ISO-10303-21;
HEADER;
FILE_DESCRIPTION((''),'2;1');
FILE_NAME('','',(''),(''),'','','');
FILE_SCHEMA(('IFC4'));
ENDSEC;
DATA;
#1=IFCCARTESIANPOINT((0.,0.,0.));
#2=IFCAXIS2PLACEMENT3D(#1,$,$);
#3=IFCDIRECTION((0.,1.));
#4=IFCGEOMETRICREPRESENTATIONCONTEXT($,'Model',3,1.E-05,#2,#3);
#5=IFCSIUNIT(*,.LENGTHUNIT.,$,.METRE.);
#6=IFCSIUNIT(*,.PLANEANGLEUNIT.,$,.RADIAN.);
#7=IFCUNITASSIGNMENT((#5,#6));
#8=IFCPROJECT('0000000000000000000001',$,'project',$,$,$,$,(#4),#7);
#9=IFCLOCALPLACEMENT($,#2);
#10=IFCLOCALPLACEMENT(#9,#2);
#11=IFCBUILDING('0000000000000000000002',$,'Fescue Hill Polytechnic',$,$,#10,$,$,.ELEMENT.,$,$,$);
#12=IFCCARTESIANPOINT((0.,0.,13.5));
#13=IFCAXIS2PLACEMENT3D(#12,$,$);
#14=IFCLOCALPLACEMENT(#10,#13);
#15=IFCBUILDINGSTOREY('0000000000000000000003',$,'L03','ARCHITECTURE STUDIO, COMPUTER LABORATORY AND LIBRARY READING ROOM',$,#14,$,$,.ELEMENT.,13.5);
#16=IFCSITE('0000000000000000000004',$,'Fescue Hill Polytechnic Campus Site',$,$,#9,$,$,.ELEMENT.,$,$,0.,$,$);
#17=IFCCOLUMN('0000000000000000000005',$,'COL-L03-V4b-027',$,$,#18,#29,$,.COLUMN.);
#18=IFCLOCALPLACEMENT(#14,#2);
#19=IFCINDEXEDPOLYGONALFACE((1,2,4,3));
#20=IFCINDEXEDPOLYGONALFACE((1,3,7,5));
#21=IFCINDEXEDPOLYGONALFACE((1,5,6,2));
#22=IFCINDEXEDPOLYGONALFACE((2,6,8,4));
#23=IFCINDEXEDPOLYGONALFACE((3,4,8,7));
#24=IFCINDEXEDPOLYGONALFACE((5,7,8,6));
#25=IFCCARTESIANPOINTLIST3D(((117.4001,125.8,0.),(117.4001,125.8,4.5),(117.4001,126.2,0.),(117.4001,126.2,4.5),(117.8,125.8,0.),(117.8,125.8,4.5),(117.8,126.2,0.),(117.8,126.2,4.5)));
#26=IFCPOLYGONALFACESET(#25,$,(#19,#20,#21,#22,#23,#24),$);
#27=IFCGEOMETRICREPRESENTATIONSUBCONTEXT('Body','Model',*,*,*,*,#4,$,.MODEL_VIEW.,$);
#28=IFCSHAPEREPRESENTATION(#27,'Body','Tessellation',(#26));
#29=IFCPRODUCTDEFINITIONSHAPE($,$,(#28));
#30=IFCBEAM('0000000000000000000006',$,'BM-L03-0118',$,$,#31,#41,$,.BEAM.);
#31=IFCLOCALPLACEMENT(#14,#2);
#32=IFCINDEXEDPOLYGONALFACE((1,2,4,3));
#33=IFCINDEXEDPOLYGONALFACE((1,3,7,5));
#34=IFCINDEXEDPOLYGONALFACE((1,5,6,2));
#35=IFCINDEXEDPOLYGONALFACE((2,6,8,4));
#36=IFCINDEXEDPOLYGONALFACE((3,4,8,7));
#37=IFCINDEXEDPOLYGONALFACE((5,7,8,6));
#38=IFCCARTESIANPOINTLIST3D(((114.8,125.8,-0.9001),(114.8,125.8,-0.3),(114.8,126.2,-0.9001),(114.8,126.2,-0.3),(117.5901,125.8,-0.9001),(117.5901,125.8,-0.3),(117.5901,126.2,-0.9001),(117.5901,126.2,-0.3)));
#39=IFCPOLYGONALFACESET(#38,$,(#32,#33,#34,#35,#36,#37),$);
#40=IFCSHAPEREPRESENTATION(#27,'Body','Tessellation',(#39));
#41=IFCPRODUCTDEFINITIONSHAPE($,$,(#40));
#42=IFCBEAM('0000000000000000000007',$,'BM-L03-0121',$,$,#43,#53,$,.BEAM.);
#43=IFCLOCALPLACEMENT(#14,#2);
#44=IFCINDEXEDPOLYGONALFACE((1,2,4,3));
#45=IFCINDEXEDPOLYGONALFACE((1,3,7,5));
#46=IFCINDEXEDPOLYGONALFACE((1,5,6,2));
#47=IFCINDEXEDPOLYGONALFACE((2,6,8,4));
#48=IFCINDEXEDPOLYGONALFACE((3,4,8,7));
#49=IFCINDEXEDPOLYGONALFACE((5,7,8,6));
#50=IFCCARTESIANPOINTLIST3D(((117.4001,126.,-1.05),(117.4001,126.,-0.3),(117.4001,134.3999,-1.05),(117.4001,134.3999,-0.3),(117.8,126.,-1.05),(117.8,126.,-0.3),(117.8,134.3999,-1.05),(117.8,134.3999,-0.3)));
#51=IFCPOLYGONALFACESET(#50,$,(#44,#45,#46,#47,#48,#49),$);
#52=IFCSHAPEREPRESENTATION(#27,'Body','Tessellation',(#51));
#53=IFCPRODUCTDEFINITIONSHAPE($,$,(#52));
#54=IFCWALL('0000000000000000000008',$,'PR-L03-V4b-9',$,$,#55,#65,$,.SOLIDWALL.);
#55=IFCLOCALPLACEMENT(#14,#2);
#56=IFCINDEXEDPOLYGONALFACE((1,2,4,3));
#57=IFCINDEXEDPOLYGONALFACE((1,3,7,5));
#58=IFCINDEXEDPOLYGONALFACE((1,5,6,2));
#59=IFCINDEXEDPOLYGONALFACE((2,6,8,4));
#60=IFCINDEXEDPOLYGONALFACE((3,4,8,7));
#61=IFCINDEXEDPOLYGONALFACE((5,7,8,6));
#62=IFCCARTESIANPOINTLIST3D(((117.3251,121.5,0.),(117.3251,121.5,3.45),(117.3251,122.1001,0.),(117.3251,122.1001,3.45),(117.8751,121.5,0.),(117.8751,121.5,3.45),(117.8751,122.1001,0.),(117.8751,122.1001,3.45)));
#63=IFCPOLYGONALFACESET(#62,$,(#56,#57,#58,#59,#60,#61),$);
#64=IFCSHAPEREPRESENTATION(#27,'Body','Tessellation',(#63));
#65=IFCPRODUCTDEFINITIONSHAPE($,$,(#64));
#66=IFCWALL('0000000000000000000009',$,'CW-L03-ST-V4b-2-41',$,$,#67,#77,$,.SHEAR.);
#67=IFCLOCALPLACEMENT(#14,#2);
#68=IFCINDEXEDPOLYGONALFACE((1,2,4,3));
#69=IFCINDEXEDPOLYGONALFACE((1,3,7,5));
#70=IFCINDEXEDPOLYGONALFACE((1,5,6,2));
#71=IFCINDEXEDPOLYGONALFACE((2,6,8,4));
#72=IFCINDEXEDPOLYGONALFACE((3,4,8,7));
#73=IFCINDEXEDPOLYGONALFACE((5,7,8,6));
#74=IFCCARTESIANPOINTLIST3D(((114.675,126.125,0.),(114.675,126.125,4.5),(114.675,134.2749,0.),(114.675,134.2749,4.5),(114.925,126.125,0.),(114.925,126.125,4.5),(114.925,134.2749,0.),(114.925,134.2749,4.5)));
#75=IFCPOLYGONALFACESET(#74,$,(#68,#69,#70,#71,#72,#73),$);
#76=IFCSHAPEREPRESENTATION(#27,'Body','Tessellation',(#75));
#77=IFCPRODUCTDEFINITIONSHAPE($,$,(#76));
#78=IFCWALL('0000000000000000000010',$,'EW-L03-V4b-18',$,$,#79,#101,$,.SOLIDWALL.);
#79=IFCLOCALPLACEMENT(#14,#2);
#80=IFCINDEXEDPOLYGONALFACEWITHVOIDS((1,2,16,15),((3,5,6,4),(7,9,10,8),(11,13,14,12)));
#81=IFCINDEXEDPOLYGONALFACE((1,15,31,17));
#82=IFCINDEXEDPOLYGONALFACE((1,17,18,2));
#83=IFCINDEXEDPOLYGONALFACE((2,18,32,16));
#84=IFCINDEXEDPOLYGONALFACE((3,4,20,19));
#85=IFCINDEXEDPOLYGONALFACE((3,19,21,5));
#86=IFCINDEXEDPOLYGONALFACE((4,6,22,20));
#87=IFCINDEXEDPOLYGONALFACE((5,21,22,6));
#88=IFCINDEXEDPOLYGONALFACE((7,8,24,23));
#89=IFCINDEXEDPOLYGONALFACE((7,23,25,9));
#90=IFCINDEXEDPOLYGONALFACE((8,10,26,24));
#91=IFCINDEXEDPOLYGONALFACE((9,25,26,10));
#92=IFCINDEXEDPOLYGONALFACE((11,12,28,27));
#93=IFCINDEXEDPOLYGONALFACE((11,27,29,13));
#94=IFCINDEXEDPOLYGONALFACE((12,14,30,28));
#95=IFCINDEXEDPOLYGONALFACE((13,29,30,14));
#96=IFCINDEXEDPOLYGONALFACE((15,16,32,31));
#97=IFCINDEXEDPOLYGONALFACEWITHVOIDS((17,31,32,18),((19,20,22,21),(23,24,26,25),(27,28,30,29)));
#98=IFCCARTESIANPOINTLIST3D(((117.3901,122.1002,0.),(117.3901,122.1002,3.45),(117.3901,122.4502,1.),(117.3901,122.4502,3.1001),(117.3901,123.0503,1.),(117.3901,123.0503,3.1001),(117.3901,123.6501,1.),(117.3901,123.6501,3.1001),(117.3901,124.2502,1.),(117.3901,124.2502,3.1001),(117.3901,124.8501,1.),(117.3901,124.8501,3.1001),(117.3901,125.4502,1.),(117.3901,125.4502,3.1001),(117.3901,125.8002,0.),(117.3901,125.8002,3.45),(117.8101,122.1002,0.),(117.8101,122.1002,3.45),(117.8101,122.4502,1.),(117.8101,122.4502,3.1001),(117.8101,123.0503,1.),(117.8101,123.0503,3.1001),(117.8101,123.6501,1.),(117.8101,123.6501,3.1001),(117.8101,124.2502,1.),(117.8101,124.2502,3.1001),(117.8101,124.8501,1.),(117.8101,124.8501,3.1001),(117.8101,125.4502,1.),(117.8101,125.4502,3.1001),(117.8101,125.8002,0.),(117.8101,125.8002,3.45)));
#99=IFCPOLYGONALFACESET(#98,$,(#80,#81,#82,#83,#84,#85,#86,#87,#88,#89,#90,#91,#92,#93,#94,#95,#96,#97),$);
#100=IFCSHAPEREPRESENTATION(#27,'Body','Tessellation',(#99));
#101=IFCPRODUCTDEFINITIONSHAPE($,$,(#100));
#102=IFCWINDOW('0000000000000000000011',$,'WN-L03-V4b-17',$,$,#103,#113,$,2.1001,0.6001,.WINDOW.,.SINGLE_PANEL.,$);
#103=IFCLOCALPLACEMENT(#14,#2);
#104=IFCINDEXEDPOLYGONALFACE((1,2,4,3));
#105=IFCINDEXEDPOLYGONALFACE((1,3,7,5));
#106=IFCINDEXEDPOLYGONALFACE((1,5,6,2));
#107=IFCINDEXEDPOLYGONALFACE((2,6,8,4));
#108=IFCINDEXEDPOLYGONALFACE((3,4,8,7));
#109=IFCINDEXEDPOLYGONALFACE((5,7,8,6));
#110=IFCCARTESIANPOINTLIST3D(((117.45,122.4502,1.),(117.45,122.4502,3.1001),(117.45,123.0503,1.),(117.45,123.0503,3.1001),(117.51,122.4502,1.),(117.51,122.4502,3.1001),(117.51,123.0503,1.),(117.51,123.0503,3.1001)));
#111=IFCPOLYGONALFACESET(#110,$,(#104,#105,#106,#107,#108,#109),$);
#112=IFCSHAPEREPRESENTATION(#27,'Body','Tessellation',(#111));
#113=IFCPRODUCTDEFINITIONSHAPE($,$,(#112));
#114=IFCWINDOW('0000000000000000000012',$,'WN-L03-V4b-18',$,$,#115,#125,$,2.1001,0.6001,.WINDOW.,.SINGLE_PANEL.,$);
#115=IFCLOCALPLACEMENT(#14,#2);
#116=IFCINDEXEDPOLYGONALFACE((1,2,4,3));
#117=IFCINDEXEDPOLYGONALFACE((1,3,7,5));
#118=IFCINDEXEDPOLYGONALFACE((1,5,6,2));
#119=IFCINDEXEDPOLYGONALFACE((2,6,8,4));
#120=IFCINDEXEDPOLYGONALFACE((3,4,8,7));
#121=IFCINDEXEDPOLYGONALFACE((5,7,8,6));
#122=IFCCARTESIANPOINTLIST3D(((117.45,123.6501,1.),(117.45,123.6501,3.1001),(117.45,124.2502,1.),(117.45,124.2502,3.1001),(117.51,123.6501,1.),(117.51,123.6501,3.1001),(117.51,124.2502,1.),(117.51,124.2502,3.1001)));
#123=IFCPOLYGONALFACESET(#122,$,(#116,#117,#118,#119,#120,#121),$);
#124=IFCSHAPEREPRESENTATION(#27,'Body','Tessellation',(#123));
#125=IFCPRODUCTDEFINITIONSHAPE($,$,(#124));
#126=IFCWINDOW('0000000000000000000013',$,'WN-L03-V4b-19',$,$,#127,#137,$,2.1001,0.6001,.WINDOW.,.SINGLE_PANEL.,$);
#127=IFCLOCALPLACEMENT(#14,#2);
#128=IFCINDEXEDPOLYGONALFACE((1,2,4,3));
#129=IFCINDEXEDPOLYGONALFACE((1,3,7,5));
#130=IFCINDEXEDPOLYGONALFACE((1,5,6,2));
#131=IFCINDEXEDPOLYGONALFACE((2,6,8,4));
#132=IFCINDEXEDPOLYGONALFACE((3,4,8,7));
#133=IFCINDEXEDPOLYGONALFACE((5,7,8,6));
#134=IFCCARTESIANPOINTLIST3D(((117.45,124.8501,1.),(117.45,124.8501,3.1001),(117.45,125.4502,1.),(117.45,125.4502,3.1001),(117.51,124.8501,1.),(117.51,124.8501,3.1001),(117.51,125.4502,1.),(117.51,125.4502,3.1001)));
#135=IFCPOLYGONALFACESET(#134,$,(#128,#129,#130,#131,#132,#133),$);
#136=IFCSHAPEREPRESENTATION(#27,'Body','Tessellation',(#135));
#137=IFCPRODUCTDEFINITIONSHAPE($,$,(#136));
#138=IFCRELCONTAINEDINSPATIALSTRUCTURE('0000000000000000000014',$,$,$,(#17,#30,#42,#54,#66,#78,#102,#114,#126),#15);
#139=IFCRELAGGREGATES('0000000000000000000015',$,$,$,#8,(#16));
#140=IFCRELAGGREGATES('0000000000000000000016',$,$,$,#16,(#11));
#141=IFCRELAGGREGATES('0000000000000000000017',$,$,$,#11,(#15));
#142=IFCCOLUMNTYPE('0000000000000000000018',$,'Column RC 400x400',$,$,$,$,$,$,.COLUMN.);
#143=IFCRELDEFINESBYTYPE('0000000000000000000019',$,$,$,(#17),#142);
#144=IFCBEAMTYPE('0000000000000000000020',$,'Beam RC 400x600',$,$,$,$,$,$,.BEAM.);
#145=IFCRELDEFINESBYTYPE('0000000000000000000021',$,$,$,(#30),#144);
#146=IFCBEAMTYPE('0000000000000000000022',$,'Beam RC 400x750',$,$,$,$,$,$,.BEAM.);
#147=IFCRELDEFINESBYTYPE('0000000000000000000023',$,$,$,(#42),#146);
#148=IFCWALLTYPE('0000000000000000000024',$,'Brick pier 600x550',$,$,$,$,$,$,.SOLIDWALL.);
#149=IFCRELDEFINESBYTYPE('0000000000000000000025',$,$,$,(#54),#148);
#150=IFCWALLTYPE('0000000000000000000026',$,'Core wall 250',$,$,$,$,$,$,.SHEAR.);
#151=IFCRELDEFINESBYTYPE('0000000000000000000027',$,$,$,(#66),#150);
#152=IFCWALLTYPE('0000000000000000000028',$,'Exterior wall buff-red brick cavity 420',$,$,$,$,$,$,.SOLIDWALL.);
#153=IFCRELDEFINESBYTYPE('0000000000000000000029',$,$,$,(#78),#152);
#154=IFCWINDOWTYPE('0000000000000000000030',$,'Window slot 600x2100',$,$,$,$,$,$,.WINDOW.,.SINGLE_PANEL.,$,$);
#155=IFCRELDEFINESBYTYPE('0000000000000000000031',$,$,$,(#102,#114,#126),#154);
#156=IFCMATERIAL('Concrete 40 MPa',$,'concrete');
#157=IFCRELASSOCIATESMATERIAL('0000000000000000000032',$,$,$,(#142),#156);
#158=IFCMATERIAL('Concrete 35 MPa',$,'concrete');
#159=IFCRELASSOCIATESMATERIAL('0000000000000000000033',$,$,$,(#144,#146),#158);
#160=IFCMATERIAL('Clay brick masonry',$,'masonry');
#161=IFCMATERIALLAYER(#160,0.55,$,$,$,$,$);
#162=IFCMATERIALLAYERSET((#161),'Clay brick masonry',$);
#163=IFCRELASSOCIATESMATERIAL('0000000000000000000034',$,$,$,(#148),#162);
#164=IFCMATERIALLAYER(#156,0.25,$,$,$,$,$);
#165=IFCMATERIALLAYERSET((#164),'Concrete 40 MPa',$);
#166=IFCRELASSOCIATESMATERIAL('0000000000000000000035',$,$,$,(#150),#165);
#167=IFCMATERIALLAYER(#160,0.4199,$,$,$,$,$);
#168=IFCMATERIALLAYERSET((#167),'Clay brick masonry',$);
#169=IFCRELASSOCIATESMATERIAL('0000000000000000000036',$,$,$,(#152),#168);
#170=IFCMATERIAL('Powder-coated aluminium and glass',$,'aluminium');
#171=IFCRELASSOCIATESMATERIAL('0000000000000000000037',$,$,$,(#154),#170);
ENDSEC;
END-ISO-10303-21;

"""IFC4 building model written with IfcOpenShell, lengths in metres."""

from ifc_helpers import new_model, si_unit, direction, frame, frame_2d, origin, origin_2d, place, context, subcontext, project, spatial, rectangle, extrude, material, layer, layer_set, material_profile, profile_set, type_object, element, fill, save


model = new_model("IFC4")

# Units and contexts
model_context = context("Model", 3, precision=1e-05, world=origin(), true_north=direction((0.0, 1.0)))
body_context = subcontext(model_context, "Body", "Model", "MODEL_VIEW")
ifc_project = project(units=[si_unit("LENGTHUNIT", "METRE"), si_unit("PLANEANGLEUNIT", "RADIAN")], contexts=[model_context])

# Site, building, storey
site_placement = place(None, origin())
site = spatial("IfcSite", under=ifc_project, at=site_placement, Name="Fescue Hill Polytechnic Campus Site", CompositionType="ELEMENT", RefElevation=0.0)
building_placement = place(site_placement, origin())
building = spatial("IfcBuilding", under=site, at=building_placement, Name="Fescue Hill Polytechnic", CompositionType="ELEMENT")
storey_placement = place(building_placement, frame((0.0, 0.0, 13.5)))
storey = spatial("IfcBuildingStorey", under=building, at=storey_placement, Name="L03", Description="ARCHITECTURE STUDIO, COMPUTER LABORATORY AND LIBRARY READING ROOM", CompositionType="ELEMENT", Elevation=13.5)

# Column
ifc_material_1 = material(Name="Concrete 40 MPa", Category="concrete")
ifc_material_profile_1 = material_profile(ifc_material_1, rectangle(XDim=0.3999, YDim=0.3999, at=origin_2d()), Name="RC 400x400")
ifc_profile_set_1 = profile_set([ifc_material_profile_1], Name="Concrete 40 MPa")
column_type = type_object("IfcColumnType", Name="Column RC 400x400", PredefinedType="COLUMN", material=ifc_profile_set_1)
column_placement = place(storey_placement, frame((117.6001, 126.0, 0.0), z_axis=(0.0, 0.0, 1.0), x_axis=(1.0, 0.0, 0.0)))
element("IfcColumn", 1, at=column_placement, inside=storey, type_object=column_type, Name="COL-L03-V4b-027", PredefinedType="COLUMN", context=body_context, shape_type="SweptSolid", body=[
    extrude(rectangle(XDim=0.3999, YDim=0.3999, at=origin_2d()), origin(), (0.0, 0.0, 1.0), 4.5),
])

# Beams
ifc_material_2 = material(Name="Concrete 35 MPa", Category="concrete")
ifc_material_profile_2 = material_profile(ifc_material_2, rectangle(XDim=0.3999, YDim=0.6001, at=origin_2d()), Name="RC 400x600")
ifc_profile_set_2 = profile_set([ifc_material_profile_2], Name="Concrete 35 MPa")
beam_type_1 = type_object("IfcBeamType", Name="Beam RC 400x600", PredefinedType="BEAM", material=ifc_profile_set_2)
beam_1_placement = place(storey_placement, frame((114.8, 126.0, -0.6001), z_axis=(1.0, 0.0, 0.0), x_axis=(0.0, 1.0, 0.0)))
element("IfcBeam", 2, at=beam_1_placement, inside=storey, type_object=beam_type_1, Name="BM-L03-0118", PredefinedType="BEAM", context=body_context, shape_type="SweptSolid", body=[
    extrude(rectangle(XDim=0.3999, YDim=0.6001, at=origin_2d()), origin(), (0.0, 0.0, 1.0), 2.79),
])
ifc_material_profile_3 = material_profile(ifc_material_2, rectangle(XDim=0.3999, YDim=0.75, at=origin_2d()), Name="RC 400x750")
ifc_profile_set_3 = profile_set([ifc_material_profile_3], Name="Concrete 35 MPa")
beam_type_2 = type_object("IfcBeamType", Name="Beam RC 400x750", PredefinedType="BEAM", material=ifc_profile_set_3)
beam_2_placement = place(storey_placement, frame((117.6001, 126.0, -0.675), z_axis=(0.0, 1.0, 0.0), x_axis=(-1.0, 0.0, 0.0)))
element("IfcBeam", 3, at=beam_2_placement, inside=storey, type_object=beam_type_2, Name="BM-L03-0121", PredefinedType="BEAM", context=body_context, shape_type="SweptSolid", body=[
    extrude(rectangle(XDim=0.3999, YDim=0.75, at=origin_2d()), origin(), (0.0, 0.0, 1.0), 8.3999),
])

# Walls
ifc_material_3 = material(Name="Clay brick masonry", Category="masonry")
ifc_layer_1 = layer(ifc_material_3, 0.55)
ifc_layer_set_1 = layer_set([ifc_layer_1], Name="Clay brick masonry")
wall_type_1 = type_object("IfcWallType", Name="Brick pier 600x550", PredefinedType="SOLIDWALL", material=ifc_layer_set_1)
wall_1_placement = place(storey_placement, frame((117.6001, 121.5, 0.0), z_axis=(0.0, 0.0, 1.0), x_axis=(0.0, 1.0, 0.0)))
element("IfcWall", 4, at=wall_1_placement, inside=storey, type_object=wall_type_1, Name="PR-L03-V4b-9", PredefinedType="SOLIDWALL", context=body_context, shape_type="SweptSolid", body=[
    extrude(rectangle(XDim=0.6001, YDim=0.55, at=frame_2d((0.3, 0.0))), origin(), (0.0, 0.0, 1.0), 3.45),
])
ifc_layer_2 = layer(ifc_material_1, 0.25)
ifc_layer_set_2 = layer_set([ifc_layer_2], Name="Concrete 40 MPa")
wall_type_2 = type_object("IfcWallType", Name="Core wall 250", PredefinedType="SHEAR", material=ifc_layer_set_2)
wall_2_placement = place(storey_placement, frame((114.8, 126.125, 0.0), z_axis=(0.0, 0.0, 1.0), x_axis=(0.0, 1.0, 0.0)))
element("IfcWall", 5, at=wall_2_placement, inside=storey, type_object=wall_type_2, Name="CW-L03-ST-V4b-2-41", PredefinedType="SHEAR", context=body_context, shape_type="SweptSolid", body=[
    extrude(rectangle(XDim=8.1499, YDim=0.25, at=frame_2d((4.075, 0.0))), origin(), (0.0, 0.0, 1.0), 4.5),
])

# Wall, openings, windows
ifc_layer_3 = layer(ifc_material_3, 0.4199)
ifc_layer_set_3 = layer_set([ifc_layer_3], Name="Clay brick masonry")
wall_type_3 = type_object("IfcWallType", Name="Exterior wall buff-red brick cavity 420", PredefinedType="SOLIDWALL", material=ifc_layer_set_3)
wall_3_placement = place(storey_placement, frame((117.6001, 122.1001, 0.0), z_axis=(0.0, 0.0, 1.0), x_axis=(0.0, 1.0, 0.0)))
wall_3 = element("IfcWall", 6, at=wall_3_placement, inside=storey, type_object=wall_type_3, Name="EW-L03-V4b-18", PredefinedType="SOLIDWALL", context=body_context, shape_type="SweptSolid", body=[
    extrude(rectangle(XDim=3.7, YDim=0.4199, at=frame_2d((1.8501, 0.0))), origin(), (0.0, 0.0, 1.0), 3.45),
])
opening_1_placement = place(wall_3_placement, frame((0.3501, 0.0, 1.0)))
opening_1 = element("IfcOpeningElement", 7, at=opening_1_placement, cuts=wall_3, PredefinedType="OPENING", context=body_context, shape_type="SweptSolid", body=[
    extrude(rectangle(XDim=0.6001, YDim=2.1001, at=frame_2d((0.3, 1.05))), frame((0.0, 0.22, 0.0), z_axis=(0.0, -1.0, 0.0), x_axis=(1.0, 0.0, 0.0)), (0.0, 0.0, 1.0), 0.4399),
])
opening_2_placement = place(wall_3_placement, frame((1.55, 0.0, 1.0)))
opening_2 = element("IfcOpeningElement", 8, at=opening_2_placement, cuts=wall_3, PredefinedType="OPENING", context=body_context, shape_type="SweptSolid", body=[
    extrude(rectangle(XDim=0.6001, YDim=2.1001, at=frame_2d((0.3, 1.05))), frame((0.0, 0.22, 0.0), z_axis=(0.0, -1.0, 0.0), x_axis=(1.0, 0.0, 0.0)), (0.0, 0.0, 1.0), 0.4399),
])
opening_3_placement = place(wall_3_placement, frame((2.75, 0.0, 1.0)))
opening_3 = element("IfcOpeningElement", 9, at=opening_3_placement, cuts=wall_3, PredefinedType="OPENING", context=body_context, shape_type="SweptSolid", body=[
    extrude(rectangle(XDim=0.6001, YDim=2.1001, at=frame_2d((0.3, 1.05))), frame((0.0, 0.22, 0.0), z_axis=(0.0, -1.0, 0.0), x_axis=(1.0, 0.0, 0.0)), (0.0, 0.0, 1.0), 0.4399),
])
ifc_material_4 = material(Name="Powder-coated aluminium and glass", Category="aluminium")
window_type = type_object("IfcWindowType", Name="Window slot 600x2100", PartitioningType="SINGLE_PANEL", PredefinedType="WINDOW", material=ifc_material_4)
window_1_placement = place(opening_1_placement, origin())
window_1 = element("IfcWindow", 10, at=window_1_placement, inside=storey, type_object=window_type, Name="WN-L03-V4b-17", OverallHeight=2.1001, OverallWidth=0.6001, PartitioningType="SINGLE_PANEL", PredefinedType="WINDOW", context=body_context, shape_type="SweptSolid", body=[
    extrude(rectangle(XDim=0.6001, YDim=2.1001, at=frame_2d((0.3, 1.05))), frame((0.0, 0.1501, 0.0), z_axis=(0.0, -1.0, 0.0), x_axis=(1.0, 0.0, 0.0)), (0.0, 0.0, 1.0), 0.0601),
])
fill(opening_1, window_1)
window_2_placement = place(opening_2_placement, origin())
window_2 = element("IfcWindow", 11, at=window_2_placement, inside=storey, type_object=window_type, Name="WN-L03-V4b-18", OverallHeight=2.1001, OverallWidth=0.6001, PartitioningType="SINGLE_PANEL", PredefinedType="WINDOW", context=body_context, shape_type="SweptSolid", body=[
    extrude(rectangle(XDim=0.6001, YDim=2.1001, at=frame_2d((0.3, 1.05))), frame((0.0, 0.1501, 0.0), z_axis=(0.0, -1.0, 0.0), x_axis=(1.0, 0.0, 0.0)), (0.0, 0.0, 1.0), 0.0601),
])
fill(opening_2, window_2)
window_3_placement = place(opening_3_placement, origin())
window_3 = element("IfcWindow", 12, at=window_3_placement, inside=storey, type_object=window_type, Name="WN-L03-V4b-19", OverallHeight=2.1001, OverallWidth=0.6001, PartitioningType="SINGLE_PANEL", PredefinedType="WINDOW", context=body_context, shape_type="SweptSolid", body=[
    extrude(rectangle(XDim=0.6001, YDim=2.1001, at=frame_2d((0.3, 1.05))), frame((0.0, 0.1501, 0.0), z_axis=(0.0, -1.0, 0.0), x_axis=(1.0, 0.0, 0.0)), (0.0, 0.0, 1.0), 0.0601),
])
fill(opening_3, window_3)

save(model, "model.ifc")
